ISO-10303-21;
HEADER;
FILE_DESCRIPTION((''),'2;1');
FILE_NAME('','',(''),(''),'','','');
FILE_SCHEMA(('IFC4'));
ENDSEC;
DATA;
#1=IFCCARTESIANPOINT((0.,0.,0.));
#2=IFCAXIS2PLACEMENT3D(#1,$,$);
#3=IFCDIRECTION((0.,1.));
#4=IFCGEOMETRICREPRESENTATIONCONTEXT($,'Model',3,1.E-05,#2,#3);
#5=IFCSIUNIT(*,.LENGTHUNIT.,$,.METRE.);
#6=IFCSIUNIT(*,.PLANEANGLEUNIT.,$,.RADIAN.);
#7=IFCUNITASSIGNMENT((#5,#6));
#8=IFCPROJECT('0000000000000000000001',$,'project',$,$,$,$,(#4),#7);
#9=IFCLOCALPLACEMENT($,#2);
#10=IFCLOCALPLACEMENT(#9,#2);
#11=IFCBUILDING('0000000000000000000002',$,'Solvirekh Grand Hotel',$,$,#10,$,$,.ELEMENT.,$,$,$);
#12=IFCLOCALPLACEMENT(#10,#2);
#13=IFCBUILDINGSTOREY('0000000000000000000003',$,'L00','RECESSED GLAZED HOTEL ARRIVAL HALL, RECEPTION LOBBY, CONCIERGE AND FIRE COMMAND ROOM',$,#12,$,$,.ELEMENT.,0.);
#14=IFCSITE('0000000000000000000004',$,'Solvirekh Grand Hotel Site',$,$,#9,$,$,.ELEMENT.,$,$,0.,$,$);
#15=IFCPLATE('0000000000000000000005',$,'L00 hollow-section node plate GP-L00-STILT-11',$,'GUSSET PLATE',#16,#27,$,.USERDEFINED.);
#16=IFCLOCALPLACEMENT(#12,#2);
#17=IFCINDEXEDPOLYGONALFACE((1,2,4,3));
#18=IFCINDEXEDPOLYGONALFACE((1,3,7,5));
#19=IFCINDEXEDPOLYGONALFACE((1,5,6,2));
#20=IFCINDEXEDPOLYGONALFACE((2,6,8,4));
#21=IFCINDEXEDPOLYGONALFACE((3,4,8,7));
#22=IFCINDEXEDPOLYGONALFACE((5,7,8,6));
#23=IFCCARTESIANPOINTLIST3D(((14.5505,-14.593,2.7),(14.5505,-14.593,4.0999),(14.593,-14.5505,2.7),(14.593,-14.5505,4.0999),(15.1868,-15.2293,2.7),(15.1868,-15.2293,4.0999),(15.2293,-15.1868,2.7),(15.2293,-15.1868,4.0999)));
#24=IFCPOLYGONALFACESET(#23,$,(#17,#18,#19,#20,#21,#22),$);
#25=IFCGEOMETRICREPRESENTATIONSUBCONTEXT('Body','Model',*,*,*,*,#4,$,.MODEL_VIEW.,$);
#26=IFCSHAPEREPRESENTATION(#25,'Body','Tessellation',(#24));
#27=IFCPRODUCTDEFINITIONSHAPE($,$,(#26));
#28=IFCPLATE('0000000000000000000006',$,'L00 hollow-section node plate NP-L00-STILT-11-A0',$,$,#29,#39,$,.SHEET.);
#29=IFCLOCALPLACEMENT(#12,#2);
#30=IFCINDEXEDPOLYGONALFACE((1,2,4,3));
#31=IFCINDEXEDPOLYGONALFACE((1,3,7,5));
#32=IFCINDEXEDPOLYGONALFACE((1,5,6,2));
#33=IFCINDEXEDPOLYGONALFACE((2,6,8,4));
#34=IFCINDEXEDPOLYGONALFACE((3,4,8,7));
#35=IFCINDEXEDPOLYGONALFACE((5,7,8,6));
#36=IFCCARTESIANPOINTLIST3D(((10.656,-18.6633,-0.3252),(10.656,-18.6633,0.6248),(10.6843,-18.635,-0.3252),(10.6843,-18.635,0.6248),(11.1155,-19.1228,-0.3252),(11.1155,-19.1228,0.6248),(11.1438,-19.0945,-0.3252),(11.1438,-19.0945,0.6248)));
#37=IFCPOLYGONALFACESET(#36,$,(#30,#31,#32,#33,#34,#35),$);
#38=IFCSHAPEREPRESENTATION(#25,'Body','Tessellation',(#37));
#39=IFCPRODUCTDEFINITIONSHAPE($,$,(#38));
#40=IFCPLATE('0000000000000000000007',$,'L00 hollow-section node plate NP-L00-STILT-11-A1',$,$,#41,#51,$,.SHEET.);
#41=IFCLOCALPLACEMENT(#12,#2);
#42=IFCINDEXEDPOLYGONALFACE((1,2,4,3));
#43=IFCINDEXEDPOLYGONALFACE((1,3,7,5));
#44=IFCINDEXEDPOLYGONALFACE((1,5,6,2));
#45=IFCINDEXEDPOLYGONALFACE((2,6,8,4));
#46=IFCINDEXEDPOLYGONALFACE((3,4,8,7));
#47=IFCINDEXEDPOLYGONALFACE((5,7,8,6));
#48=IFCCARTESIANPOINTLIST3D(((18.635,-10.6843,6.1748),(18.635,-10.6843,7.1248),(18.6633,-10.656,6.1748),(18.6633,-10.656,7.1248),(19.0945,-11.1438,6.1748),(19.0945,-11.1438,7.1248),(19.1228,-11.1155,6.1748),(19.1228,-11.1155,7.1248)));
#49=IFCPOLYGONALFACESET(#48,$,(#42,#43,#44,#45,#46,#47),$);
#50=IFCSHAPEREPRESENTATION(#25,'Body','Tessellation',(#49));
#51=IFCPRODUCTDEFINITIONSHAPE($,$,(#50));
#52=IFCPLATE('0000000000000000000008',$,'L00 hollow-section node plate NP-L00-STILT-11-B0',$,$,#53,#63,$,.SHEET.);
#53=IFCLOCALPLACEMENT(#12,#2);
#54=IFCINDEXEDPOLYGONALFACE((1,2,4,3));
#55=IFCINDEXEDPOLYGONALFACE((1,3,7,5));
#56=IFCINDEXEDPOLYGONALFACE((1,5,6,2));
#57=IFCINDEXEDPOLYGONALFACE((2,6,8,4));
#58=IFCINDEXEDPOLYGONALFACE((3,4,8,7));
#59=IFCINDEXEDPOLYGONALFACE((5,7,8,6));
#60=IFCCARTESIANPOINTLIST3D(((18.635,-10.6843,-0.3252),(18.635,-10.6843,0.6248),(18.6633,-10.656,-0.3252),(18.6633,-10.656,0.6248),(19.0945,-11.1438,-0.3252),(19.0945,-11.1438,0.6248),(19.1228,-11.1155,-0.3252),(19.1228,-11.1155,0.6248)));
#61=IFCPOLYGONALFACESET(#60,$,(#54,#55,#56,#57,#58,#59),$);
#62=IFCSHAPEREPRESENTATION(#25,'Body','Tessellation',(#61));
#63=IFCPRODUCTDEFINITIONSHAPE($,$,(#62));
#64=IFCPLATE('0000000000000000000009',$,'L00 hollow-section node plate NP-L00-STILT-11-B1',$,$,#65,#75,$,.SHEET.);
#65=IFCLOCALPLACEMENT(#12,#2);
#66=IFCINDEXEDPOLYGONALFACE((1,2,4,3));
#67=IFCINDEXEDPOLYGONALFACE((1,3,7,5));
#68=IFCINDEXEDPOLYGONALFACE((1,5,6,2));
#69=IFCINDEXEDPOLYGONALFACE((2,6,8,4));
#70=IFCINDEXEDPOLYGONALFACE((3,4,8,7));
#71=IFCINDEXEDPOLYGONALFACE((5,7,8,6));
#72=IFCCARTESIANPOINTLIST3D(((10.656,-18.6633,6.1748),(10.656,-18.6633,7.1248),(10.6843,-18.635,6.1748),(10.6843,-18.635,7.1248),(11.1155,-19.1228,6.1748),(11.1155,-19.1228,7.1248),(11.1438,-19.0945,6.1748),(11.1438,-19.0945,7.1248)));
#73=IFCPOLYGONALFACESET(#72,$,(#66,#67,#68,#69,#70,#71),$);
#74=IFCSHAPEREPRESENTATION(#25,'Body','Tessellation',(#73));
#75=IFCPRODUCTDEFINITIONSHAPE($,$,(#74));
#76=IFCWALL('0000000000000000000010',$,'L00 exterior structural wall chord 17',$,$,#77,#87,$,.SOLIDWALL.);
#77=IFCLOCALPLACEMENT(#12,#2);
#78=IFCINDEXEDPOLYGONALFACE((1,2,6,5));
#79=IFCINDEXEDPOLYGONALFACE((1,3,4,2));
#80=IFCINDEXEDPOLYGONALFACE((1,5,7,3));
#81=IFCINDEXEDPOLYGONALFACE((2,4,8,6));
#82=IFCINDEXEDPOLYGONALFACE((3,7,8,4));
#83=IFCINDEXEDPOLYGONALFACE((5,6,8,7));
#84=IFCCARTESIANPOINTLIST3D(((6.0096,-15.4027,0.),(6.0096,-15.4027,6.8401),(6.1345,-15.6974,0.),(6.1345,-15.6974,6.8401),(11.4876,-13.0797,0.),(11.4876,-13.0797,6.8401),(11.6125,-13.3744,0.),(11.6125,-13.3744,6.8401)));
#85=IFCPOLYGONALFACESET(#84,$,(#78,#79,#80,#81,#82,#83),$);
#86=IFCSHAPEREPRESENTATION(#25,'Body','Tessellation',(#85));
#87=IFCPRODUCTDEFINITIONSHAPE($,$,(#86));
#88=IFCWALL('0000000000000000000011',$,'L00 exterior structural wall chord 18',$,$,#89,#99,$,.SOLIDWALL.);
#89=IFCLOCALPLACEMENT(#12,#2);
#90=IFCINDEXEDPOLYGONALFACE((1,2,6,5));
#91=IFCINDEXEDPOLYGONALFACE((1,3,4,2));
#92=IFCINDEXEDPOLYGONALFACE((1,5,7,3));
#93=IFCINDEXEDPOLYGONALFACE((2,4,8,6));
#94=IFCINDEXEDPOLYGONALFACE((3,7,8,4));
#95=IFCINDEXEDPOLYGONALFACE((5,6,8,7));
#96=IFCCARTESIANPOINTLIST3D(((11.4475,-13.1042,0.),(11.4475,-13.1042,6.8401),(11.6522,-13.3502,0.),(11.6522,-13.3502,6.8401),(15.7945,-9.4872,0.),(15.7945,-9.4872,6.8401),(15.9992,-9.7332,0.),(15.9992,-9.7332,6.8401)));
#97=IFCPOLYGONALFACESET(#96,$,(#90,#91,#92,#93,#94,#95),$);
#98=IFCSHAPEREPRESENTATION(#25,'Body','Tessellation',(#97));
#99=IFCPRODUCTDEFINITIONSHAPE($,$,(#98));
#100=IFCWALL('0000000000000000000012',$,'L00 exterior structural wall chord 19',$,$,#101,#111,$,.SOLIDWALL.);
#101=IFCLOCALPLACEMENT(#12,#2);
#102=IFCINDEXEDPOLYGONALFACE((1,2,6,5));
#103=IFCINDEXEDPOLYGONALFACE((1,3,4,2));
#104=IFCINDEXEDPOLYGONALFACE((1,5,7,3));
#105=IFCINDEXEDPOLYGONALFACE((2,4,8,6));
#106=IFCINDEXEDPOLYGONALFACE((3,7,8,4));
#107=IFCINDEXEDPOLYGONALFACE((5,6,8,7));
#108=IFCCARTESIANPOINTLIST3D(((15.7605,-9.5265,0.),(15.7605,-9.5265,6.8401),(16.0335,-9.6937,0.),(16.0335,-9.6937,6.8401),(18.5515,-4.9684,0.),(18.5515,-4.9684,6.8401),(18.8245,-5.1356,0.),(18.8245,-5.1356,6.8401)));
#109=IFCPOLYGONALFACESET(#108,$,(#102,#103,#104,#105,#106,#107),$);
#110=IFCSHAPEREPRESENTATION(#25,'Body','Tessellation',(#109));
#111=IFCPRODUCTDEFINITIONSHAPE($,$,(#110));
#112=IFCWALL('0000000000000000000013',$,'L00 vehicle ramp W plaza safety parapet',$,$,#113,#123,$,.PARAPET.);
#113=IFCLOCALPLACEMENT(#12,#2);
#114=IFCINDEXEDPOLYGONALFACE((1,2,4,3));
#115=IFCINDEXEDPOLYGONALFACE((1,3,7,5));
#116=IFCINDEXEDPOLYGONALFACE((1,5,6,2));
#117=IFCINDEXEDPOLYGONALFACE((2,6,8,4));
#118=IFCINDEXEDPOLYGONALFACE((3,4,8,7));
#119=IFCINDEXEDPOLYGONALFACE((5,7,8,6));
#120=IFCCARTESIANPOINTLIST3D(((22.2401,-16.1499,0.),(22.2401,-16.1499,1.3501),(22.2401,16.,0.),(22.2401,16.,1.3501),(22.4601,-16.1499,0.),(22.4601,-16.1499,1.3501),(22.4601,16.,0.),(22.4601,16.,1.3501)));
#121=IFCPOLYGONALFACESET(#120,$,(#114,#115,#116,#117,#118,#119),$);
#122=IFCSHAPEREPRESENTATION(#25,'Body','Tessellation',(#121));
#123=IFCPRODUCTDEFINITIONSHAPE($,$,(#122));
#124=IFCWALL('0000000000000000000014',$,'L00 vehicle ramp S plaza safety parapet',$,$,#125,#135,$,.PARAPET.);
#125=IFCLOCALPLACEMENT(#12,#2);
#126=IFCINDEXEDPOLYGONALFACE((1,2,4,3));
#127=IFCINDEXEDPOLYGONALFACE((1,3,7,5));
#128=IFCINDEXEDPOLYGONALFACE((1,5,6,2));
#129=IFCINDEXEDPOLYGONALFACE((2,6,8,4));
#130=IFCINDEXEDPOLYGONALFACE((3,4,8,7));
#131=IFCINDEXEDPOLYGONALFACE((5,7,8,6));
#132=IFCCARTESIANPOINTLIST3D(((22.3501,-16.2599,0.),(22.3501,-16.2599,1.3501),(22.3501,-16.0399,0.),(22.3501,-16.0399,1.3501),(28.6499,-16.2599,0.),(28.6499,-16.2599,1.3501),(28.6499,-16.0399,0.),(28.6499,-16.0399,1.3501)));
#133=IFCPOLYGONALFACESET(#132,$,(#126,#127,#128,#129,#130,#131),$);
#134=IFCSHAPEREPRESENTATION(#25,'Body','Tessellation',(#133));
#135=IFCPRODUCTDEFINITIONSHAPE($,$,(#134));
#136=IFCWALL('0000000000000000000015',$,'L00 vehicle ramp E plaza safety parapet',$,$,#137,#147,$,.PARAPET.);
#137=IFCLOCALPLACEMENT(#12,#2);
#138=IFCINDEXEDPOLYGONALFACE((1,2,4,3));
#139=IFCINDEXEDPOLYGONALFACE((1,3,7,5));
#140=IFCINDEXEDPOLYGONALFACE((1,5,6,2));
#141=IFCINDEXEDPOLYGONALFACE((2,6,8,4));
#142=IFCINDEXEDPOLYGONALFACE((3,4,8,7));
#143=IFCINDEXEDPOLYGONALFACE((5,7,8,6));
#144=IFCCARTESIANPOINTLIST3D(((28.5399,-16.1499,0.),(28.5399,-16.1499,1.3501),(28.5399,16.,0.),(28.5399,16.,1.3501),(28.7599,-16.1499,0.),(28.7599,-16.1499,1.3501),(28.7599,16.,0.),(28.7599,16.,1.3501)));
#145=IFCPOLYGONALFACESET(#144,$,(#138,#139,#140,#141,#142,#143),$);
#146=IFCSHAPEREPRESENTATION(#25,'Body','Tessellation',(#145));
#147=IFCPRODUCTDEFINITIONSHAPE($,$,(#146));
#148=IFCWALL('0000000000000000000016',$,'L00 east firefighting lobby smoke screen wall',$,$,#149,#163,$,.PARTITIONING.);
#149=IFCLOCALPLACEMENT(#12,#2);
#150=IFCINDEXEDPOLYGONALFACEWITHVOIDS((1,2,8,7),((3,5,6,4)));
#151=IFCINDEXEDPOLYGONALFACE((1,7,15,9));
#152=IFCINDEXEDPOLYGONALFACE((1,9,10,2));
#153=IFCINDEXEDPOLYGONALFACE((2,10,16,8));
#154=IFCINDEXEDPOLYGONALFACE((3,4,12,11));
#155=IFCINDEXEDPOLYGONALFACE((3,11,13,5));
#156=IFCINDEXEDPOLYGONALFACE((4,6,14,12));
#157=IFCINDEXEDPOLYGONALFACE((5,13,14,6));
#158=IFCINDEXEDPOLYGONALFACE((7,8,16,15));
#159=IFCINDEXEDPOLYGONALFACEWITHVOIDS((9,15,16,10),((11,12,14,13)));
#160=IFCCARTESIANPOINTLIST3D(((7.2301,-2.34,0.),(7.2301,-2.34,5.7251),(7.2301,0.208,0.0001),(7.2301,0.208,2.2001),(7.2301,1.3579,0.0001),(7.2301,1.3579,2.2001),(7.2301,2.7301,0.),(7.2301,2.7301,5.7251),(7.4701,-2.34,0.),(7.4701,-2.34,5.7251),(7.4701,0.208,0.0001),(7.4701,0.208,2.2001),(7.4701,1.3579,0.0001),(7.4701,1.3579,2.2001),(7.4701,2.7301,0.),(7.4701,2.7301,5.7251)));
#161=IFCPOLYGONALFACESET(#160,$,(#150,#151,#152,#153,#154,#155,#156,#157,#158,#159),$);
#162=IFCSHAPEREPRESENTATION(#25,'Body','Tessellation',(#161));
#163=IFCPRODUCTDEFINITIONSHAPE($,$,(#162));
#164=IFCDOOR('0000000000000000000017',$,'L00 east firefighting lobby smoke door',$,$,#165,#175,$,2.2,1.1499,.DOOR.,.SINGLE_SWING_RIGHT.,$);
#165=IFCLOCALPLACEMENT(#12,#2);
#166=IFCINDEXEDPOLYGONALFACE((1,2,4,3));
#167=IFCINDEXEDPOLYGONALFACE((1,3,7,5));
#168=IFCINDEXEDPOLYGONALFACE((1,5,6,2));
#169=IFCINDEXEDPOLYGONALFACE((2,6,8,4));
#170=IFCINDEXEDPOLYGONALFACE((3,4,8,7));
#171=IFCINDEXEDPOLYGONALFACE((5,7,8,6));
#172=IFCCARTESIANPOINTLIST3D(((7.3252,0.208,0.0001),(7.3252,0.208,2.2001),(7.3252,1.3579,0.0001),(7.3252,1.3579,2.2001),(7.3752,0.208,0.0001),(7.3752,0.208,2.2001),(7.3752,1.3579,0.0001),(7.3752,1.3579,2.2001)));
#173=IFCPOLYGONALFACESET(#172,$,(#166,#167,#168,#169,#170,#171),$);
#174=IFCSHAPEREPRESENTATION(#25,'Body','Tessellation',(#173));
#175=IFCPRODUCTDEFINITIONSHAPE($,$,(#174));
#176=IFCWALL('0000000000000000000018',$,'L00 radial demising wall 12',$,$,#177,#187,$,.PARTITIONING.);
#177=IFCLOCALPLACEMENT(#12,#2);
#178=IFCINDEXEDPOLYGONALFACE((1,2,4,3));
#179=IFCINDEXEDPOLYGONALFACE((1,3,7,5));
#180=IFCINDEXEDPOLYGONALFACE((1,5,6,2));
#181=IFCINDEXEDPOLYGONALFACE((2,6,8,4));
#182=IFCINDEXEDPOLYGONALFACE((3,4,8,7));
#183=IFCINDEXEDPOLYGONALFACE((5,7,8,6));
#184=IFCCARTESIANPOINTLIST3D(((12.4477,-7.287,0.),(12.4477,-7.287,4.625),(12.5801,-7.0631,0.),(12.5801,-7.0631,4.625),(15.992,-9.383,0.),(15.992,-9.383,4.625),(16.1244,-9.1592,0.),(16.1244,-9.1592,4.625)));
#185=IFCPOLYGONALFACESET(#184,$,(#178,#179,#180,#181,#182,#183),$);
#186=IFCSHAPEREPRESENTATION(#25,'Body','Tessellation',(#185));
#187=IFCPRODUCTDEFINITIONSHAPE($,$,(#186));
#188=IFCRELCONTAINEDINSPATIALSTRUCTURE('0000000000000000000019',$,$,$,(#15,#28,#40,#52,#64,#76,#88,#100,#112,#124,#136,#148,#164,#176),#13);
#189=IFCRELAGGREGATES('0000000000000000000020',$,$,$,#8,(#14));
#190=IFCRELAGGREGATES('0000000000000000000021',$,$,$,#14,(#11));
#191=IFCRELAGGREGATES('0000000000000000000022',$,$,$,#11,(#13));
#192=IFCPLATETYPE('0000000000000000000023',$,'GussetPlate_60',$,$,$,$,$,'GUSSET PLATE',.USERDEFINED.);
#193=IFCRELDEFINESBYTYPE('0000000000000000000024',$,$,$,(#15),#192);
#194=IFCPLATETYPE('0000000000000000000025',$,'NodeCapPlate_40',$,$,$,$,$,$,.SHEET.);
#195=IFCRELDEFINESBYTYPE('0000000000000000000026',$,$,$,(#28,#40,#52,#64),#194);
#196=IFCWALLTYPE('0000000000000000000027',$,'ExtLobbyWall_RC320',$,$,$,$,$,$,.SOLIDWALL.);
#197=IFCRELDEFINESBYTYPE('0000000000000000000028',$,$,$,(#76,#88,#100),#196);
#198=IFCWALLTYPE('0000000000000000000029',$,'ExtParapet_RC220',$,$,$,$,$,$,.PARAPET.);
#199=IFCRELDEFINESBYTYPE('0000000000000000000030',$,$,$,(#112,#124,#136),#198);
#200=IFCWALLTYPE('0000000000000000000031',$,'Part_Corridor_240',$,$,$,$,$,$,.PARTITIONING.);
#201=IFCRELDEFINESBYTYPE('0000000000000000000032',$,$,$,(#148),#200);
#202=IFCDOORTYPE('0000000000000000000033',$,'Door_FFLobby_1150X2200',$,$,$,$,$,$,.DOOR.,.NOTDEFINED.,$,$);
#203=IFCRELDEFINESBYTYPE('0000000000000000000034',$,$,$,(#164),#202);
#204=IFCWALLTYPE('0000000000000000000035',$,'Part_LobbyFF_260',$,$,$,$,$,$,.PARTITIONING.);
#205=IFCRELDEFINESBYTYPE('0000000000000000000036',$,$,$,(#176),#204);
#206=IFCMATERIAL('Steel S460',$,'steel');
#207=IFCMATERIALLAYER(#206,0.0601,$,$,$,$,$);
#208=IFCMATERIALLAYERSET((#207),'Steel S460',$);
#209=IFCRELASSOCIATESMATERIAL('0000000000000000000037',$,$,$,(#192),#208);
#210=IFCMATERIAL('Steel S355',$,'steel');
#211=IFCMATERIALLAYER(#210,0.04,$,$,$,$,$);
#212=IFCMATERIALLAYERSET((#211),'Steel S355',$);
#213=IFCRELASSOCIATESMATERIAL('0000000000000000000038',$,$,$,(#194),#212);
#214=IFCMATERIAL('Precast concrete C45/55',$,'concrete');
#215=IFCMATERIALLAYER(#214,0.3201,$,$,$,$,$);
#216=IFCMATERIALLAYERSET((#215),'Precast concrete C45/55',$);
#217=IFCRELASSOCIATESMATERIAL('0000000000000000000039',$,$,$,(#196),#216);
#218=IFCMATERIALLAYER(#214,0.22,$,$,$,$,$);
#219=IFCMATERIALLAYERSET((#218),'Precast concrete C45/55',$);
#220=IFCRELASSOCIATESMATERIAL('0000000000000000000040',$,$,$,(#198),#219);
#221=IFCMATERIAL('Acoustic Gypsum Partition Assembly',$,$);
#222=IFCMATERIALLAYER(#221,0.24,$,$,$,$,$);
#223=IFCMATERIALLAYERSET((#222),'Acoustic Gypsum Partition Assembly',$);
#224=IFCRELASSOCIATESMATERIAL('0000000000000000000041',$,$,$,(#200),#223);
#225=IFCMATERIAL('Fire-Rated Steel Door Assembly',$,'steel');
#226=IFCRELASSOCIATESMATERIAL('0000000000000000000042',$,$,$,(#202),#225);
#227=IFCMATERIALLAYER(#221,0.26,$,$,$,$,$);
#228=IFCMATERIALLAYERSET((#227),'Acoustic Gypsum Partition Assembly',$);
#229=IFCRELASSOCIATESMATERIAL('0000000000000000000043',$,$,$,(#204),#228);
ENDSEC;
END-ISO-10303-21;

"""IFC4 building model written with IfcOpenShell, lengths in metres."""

from ifc_helpers import new_model, si_unit, direction, frame, frame_2d, origin, origin_2d, place, context, subcontext, project, spatial, rectangle, extrude, material, layer, layer_set, type_object, element, fill, save


model = new_model("IFC4")

# Units and contexts
model_context = context("Model", 3, precision=1e-05, world=origin(), true_north=direction((0.0, 1.0)))
body_context = subcontext(model_context, "Body", "Model", "MODEL_VIEW")
ifc_project = project(units=[si_unit("LENGTHUNIT", "METRE"), si_unit("PLANEANGLEUNIT", "RADIAN")], contexts=[model_context])

# Site, building, storey
site_placement = place(None, origin())
site = spatial("IfcSite", under=ifc_project, at=site_placement, Name="Solvirekh Grand Hotel Site", CompositionType="ELEMENT", RefElevation=0.0)
building_placement = place(site_placement, origin())
building = spatial("IfcBuilding", under=site, at=building_placement, Name="Solvirekh Grand Hotel", CompositionType="ELEMENT")
storey_placement = place(building_placement, origin())
storey = spatial("IfcBuildingStorey", under=building, at=storey_placement, Name="L00", Description="RECESSED GLAZED HOTEL ARRIVAL HALL, RECEPTION LOBBY, CONCIERGE AND FIRE COMMAND ROOM", CompositionType="ELEMENT", Elevation=0.0)

# Shared definitions
ifc_material_1 = material(Name="Steel S460", Category="steel")
ifc_material_2 = material(Name="Steel S355", Category="steel")

# Plates
ifc_layer_1 = layer(ifc_material_1, 0.0601)
ifc_layer_set_1 = layer_set([ifc_layer_1], Name="Steel S460")
plate_type_1 = type_object("IfcPlateType", Name="GussetPlate_60", ElementType="GUSSET PLATE", PredefinedType="USERDEFINED", material=ifc_layer_set_1)
plate_placement = place(storey_placement, frame((14.8899, -14.8899, 2.7), z_axis=(0.0, 0.0, 1.0), x_axis=(0.707107, 0.707107, 0.0)))
element("IfcPlate", 1, at=plate_placement, inside=storey, type_object=plate_type_1, Name="L00 hollow-section node plate GP-L00-STILT-11", ObjectType="GUSSET PLATE", PredefinedType="USERDEFINED", context=body_context, shape_type="SweptSolid", body=[
    extrude(rectangle(XDim=0.0601, YDim=0.8999, at=origin_2d()), origin(), (0.0, 0.0, 1.0), 1.3999),
])
ifc_layer_2 = layer(ifc_material_2, 0.04)
ifc_layer_set_2 = layer_set([ifc_layer_2], Name="Steel S355")
plate_type_2 = type_object("IfcPlateType", Name="NodeCapPlate_40", PredefinedType="SHEET", material=ifc_layer_set_2)
for number, where, z_axis, x_axis, name in (
    (2, (10.8999, -18.8789, -0.3252), (0.0, 0.0, 1.0), (0.707107, 0.707107, 0.0), "L00 hollow-section node plate NP-L00-STILT-11-A0"),
    (3, (18.8789, -10.8999, 6.1748), (0.0, 0.0, 1.0), (0.707107, 0.707107, 0.0), "L00 hollow-section node plate NP-L00-STILT-11-A1"),
    (4, (18.8789, -10.8999, -0.3252), (0.0, 0.0, 1.0), (0.707107, 0.707107, 0.0), "L00 hollow-section node plate NP-L00-STILT-11-B0"),
    (5, (10.8999, -18.8789, 6.1748), (0.0, 0.0, 1.0), (0.707107, 0.707107, 0.0), "L00 hollow-section node plate NP-L00-STILT-11-B1"),
):
    element("IfcPlate", number, at=place(storey_placement, frame(where, z_axis=z_axis, x_axis=x_axis)), inside=storey, type_object=plate_type_2, Name=name, PredefinedType="SHEET", context=body_context, shape_type="SweptSolid", body=[
        extrude(rectangle(XDim=0.04, YDim=0.6499, at=origin_2d()), origin(), (0.0, 0.0, 1.0), 0.95),
    ])

# Walls
ifc_material_3 = material(Name="Precast concrete C45/55", Category="concrete")
ifc_layer_3 = layer(ifc_material_3, 0.3201)
ifc_layer_set_3 = layer_set([ifc_layer_3], Name="Precast concrete C45/55")
wall_type_1 = type_object("IfcWallType", Name="ExtLobbyWall_RC320", PredefinedType="SOLIDWALL", material=ifc_layer_set_3)
wall_1_placement = place(storey_placement, frame((11.55, -13.2271, 0.0), z_axis=(0.0, 0.0, 1.0), x_axis=(-0.920643, -0.390405, 0.0)))
element("IfcWall", 6, at=wall_1_placement, inside=storey, type_object=wall_type_1, Name="L00 exterior structural wall chord 17", PredefinedType="SOLIDWALL", context=body_context, shape_type="SweptSolid", body=[
    extrude(rectangle(XDim=5.9502, YDim=0.3201, at=frame_2d((2.9751, 0.0))), origin(), (0.0, 0.0, 1.0), 6.8401),
])
wall_2_placement = place(storey_placement, frame((15.897, -9.6101, 0.0), z_axis=(0.0, 0.0, 1.0), x_axis=(-0.768699, -0.639611, 0.0)))
element("IfcWall", 7, at=wall_2_placement, inside=storey, type_object=wall_type_1, Name="L00 exterior structural wall chord 18", PredefinedType="SOLIDWALL", context=body_context, shape_type="SweptSolid", body=[
    extrude(rectangle(XDim=5.655, YDim=0.3201, at=frame_2d((2.8276, 0.0))), origin(), (0.0, 0.0, 1.0), 6.8401),
])
wall_3_placement = place(storey_placement, frame((18.688, -5.052, 0.0), z_axis=(0.0, 0.0, 1.0), x_axis=(-0.5222, -0.852823, 0.0)))
element("IfcWall", 8, at=wall_3_placement, inside=storey, type_object=wall_type_1, Name="L00 exterior structural wall chord 19", PredefinedType="SOLIDWALL", context=body_context, shape_type="SweptSolid", body=[
    extrude(rectangle(XDim=5.3447, YDim=0.3201, at=frame_2d((2.6724, 0.0))), origin(), (0.0, 0.0, 1.0), 6.8401),
])
ifc_layer_4 = layer(ifc_material_3, 0.22)
ifc_layer_set_4 = layer_set([ifc_layer_4], Name="Precast concrete C45/55")
wall_type_2 = type_object("IfcWallType", Name="ExtParapet_RC220", PredefinedType="PARAPET", material=ifc_layer_set_4)
wall_4_placement = place(storey_placement, frame((22.3501, -16.1499, 0.0), z_axis=(0.0, 0.0, 1.0), x_axis=(0.0, 1.0, 0.0)))
element("IfcWall", 9, at=wall_4_placement, inside=storey, type_object=wall_type_2, Name="L00 vehicle ramp W plaza safety parapet", PredefinedType="PARAPET", context=body_context, shape_type="SweptSolid", body=[
    extrude(rectangle(XDim=32.1499, YDim=0.22, at=frame_2d((16.075, 0.0))), origin(), (0.0, 0.0, 1.0), 1.3501),
])
wall_5_placement = place(storey_placement, frame((22.3501, -16.1499, 0.0), z_axis=(0.0, 0.0, 1.0), x_axis=(1.0, 0.0, 0.0)))
element("IfcWall", 10, at=wall_5_placement, inside=storey, type_object=wall_type_2, Name="L00 vehicle ramp S plaza safety parapet", PredefinedType="PARAPET", context=body_context, shape_type="SweptSolid", body=[
    extrude(rectangle(XDim=6.2998, YDim=0.22, at=frame_2d((3.1499, 0.0))), origin(), (0.0, 0.0, 1.0), 1.3501),
])
wall_6_placement = place(storey_placement, frame((28.6499, -16.1499, 0.0), z_axis=(0.0, 0.0, 1.0), x_axis=(0.0, 1.0, 0.0)))
element("IfcWall", 11, at=wall_6_placement, inside=storey, type_object=wall_type_2, Name="L00 vehicle ramp E plaza safety parapet", PredefinedType="PARAPET", context=body_context, shape_type="SweptSolid", body=[
    extrude(rectangle(XDim=32.1499, YDim=0.22, at=frame_2d((16.075, 0.0))), origin(), (0.0, 0.0, 1.0), 1.3501),
])

# Wall, opening, door
ifc_material_4 = material(Name="Acoustic Gypsum Partition Assembly")
ifc_layer_5 = layer(ifc_material_4, 0.24)
ifc_layer_set_5 = layer_set([ifc_layer_5], Name="Acoustic Gypsum Partition Assembly")
wall_type_3 = type_object("IfcWallType", Name="Part_Corridor_240", PredefinedType="PARTITIONING", material=ifc_layer_set_5)
wall_7_placement = place(storey_placement, frame((7.3501, -2.3401, 0.0), z_axis=(0.0, 0.0, 1.0), x_axis=(0.0, 1.0, 0.0)))
wall_7 = element("IfcWall", 12, at=wall_7_placement, inside=storey, type_object=wall_type_3, Name="L00 east firefighting lobby smoke screen wall", PredefinedType="PARTITIONING", context=body_context, shape_type="SweptSolid", body=[
    extrude(rectangle(XDim=5.0701, YDim=0.24, at=frame_2d((2.5352, 0.0))), origin(), (0.0, 0.0, 1.0), 5.7251),
])
opening_placement = place(wall_7_placement, frame((2.5481, 0.0, 0.0)))
opening = element("IfcOpeningElement", 13, at=opening_placement, cuts=wall_7, PredefinedType="OPENING", context=body_context, shape_type="SweptSolid", body=[
    extrude(rectangle(XDim=1.1499, YDim=2.2, at=frame_2d((0.575, 1.1001))), frame((0.0, 0.1299, 0.0), z_axis=(0.0, -1.0, 0.0), x_axis=(1.0, 0.0, 0.0)), (0.0, 0.0, 1.0), 0.26),
])
ifc_material_5 = material(Name="Fire-Rated Steel Door Assembly", Category="steel")
door_type = type_object("IfcDoorType", Name="Door_FFLobby_1150X2200", OperationType="NOTDEFINED", PredefinedType="DOOR", material=ifc_material_5)
door_placement = place(opening_placement, origin())
door = element("IfcDoor", 14, at=door_placement, inside=storey, type_object=door_type, Name="L00 east firefighting lobby smoke door", OperationType="SINGLE_SWING_RIGHT", OverallHeight=2.2, OverallWidth=1.1499, PredefinedType="DOOR", context=body_context, shape_type="SweptSolid", body=[
    extrude(rectangle(XDim=1.1499, YDim=2.2, at=frame_2d((0.575, 1.1001))), frame((0.0, 0.0249, 0.0), z_axis=(0.0, -1.0, 0.0), x_axis=(1.0, 0.0, 0.0)), (0.0, 0.0, 1.0), 0.05),
])
fill(opening, door)

# Wall
ifc_layer_6 = layer(ifc_material_4, 0.26)
ifc_layer_set_6 = layer_set([ifc_layer_6], Name="Acoustic Gypsum Partition Assembly")
wall_type_4 = type_object("IfcWallType", Name="Part_LobbyFF_260", PredefinedType="PARTITIONING", material=ifc_layer_set_6)
wall_8_placement = place(storey_placement, frame((12.5139, -7.175, 0.0), z_axis=(0.0, 0.0, 1.0), x_axis=(0.860751, -0.509027, 0.0)))
element("IfcWall", 15, at=wall_8_placement, inside=storey, type_object=wall_type_4, Name="L00 radial demising wall 12", PredefinedType="PARTITIONING", context=body_context, shape_type="SweptSolid", body=[
    extrude(rectangle(XDim=4.1177, YDim=0.26, at=frame_2d((2.0588, 0.0))), origin(), (0.0, 0.0, 1.0), 4.625),
])

save(model, "model.ifc")
